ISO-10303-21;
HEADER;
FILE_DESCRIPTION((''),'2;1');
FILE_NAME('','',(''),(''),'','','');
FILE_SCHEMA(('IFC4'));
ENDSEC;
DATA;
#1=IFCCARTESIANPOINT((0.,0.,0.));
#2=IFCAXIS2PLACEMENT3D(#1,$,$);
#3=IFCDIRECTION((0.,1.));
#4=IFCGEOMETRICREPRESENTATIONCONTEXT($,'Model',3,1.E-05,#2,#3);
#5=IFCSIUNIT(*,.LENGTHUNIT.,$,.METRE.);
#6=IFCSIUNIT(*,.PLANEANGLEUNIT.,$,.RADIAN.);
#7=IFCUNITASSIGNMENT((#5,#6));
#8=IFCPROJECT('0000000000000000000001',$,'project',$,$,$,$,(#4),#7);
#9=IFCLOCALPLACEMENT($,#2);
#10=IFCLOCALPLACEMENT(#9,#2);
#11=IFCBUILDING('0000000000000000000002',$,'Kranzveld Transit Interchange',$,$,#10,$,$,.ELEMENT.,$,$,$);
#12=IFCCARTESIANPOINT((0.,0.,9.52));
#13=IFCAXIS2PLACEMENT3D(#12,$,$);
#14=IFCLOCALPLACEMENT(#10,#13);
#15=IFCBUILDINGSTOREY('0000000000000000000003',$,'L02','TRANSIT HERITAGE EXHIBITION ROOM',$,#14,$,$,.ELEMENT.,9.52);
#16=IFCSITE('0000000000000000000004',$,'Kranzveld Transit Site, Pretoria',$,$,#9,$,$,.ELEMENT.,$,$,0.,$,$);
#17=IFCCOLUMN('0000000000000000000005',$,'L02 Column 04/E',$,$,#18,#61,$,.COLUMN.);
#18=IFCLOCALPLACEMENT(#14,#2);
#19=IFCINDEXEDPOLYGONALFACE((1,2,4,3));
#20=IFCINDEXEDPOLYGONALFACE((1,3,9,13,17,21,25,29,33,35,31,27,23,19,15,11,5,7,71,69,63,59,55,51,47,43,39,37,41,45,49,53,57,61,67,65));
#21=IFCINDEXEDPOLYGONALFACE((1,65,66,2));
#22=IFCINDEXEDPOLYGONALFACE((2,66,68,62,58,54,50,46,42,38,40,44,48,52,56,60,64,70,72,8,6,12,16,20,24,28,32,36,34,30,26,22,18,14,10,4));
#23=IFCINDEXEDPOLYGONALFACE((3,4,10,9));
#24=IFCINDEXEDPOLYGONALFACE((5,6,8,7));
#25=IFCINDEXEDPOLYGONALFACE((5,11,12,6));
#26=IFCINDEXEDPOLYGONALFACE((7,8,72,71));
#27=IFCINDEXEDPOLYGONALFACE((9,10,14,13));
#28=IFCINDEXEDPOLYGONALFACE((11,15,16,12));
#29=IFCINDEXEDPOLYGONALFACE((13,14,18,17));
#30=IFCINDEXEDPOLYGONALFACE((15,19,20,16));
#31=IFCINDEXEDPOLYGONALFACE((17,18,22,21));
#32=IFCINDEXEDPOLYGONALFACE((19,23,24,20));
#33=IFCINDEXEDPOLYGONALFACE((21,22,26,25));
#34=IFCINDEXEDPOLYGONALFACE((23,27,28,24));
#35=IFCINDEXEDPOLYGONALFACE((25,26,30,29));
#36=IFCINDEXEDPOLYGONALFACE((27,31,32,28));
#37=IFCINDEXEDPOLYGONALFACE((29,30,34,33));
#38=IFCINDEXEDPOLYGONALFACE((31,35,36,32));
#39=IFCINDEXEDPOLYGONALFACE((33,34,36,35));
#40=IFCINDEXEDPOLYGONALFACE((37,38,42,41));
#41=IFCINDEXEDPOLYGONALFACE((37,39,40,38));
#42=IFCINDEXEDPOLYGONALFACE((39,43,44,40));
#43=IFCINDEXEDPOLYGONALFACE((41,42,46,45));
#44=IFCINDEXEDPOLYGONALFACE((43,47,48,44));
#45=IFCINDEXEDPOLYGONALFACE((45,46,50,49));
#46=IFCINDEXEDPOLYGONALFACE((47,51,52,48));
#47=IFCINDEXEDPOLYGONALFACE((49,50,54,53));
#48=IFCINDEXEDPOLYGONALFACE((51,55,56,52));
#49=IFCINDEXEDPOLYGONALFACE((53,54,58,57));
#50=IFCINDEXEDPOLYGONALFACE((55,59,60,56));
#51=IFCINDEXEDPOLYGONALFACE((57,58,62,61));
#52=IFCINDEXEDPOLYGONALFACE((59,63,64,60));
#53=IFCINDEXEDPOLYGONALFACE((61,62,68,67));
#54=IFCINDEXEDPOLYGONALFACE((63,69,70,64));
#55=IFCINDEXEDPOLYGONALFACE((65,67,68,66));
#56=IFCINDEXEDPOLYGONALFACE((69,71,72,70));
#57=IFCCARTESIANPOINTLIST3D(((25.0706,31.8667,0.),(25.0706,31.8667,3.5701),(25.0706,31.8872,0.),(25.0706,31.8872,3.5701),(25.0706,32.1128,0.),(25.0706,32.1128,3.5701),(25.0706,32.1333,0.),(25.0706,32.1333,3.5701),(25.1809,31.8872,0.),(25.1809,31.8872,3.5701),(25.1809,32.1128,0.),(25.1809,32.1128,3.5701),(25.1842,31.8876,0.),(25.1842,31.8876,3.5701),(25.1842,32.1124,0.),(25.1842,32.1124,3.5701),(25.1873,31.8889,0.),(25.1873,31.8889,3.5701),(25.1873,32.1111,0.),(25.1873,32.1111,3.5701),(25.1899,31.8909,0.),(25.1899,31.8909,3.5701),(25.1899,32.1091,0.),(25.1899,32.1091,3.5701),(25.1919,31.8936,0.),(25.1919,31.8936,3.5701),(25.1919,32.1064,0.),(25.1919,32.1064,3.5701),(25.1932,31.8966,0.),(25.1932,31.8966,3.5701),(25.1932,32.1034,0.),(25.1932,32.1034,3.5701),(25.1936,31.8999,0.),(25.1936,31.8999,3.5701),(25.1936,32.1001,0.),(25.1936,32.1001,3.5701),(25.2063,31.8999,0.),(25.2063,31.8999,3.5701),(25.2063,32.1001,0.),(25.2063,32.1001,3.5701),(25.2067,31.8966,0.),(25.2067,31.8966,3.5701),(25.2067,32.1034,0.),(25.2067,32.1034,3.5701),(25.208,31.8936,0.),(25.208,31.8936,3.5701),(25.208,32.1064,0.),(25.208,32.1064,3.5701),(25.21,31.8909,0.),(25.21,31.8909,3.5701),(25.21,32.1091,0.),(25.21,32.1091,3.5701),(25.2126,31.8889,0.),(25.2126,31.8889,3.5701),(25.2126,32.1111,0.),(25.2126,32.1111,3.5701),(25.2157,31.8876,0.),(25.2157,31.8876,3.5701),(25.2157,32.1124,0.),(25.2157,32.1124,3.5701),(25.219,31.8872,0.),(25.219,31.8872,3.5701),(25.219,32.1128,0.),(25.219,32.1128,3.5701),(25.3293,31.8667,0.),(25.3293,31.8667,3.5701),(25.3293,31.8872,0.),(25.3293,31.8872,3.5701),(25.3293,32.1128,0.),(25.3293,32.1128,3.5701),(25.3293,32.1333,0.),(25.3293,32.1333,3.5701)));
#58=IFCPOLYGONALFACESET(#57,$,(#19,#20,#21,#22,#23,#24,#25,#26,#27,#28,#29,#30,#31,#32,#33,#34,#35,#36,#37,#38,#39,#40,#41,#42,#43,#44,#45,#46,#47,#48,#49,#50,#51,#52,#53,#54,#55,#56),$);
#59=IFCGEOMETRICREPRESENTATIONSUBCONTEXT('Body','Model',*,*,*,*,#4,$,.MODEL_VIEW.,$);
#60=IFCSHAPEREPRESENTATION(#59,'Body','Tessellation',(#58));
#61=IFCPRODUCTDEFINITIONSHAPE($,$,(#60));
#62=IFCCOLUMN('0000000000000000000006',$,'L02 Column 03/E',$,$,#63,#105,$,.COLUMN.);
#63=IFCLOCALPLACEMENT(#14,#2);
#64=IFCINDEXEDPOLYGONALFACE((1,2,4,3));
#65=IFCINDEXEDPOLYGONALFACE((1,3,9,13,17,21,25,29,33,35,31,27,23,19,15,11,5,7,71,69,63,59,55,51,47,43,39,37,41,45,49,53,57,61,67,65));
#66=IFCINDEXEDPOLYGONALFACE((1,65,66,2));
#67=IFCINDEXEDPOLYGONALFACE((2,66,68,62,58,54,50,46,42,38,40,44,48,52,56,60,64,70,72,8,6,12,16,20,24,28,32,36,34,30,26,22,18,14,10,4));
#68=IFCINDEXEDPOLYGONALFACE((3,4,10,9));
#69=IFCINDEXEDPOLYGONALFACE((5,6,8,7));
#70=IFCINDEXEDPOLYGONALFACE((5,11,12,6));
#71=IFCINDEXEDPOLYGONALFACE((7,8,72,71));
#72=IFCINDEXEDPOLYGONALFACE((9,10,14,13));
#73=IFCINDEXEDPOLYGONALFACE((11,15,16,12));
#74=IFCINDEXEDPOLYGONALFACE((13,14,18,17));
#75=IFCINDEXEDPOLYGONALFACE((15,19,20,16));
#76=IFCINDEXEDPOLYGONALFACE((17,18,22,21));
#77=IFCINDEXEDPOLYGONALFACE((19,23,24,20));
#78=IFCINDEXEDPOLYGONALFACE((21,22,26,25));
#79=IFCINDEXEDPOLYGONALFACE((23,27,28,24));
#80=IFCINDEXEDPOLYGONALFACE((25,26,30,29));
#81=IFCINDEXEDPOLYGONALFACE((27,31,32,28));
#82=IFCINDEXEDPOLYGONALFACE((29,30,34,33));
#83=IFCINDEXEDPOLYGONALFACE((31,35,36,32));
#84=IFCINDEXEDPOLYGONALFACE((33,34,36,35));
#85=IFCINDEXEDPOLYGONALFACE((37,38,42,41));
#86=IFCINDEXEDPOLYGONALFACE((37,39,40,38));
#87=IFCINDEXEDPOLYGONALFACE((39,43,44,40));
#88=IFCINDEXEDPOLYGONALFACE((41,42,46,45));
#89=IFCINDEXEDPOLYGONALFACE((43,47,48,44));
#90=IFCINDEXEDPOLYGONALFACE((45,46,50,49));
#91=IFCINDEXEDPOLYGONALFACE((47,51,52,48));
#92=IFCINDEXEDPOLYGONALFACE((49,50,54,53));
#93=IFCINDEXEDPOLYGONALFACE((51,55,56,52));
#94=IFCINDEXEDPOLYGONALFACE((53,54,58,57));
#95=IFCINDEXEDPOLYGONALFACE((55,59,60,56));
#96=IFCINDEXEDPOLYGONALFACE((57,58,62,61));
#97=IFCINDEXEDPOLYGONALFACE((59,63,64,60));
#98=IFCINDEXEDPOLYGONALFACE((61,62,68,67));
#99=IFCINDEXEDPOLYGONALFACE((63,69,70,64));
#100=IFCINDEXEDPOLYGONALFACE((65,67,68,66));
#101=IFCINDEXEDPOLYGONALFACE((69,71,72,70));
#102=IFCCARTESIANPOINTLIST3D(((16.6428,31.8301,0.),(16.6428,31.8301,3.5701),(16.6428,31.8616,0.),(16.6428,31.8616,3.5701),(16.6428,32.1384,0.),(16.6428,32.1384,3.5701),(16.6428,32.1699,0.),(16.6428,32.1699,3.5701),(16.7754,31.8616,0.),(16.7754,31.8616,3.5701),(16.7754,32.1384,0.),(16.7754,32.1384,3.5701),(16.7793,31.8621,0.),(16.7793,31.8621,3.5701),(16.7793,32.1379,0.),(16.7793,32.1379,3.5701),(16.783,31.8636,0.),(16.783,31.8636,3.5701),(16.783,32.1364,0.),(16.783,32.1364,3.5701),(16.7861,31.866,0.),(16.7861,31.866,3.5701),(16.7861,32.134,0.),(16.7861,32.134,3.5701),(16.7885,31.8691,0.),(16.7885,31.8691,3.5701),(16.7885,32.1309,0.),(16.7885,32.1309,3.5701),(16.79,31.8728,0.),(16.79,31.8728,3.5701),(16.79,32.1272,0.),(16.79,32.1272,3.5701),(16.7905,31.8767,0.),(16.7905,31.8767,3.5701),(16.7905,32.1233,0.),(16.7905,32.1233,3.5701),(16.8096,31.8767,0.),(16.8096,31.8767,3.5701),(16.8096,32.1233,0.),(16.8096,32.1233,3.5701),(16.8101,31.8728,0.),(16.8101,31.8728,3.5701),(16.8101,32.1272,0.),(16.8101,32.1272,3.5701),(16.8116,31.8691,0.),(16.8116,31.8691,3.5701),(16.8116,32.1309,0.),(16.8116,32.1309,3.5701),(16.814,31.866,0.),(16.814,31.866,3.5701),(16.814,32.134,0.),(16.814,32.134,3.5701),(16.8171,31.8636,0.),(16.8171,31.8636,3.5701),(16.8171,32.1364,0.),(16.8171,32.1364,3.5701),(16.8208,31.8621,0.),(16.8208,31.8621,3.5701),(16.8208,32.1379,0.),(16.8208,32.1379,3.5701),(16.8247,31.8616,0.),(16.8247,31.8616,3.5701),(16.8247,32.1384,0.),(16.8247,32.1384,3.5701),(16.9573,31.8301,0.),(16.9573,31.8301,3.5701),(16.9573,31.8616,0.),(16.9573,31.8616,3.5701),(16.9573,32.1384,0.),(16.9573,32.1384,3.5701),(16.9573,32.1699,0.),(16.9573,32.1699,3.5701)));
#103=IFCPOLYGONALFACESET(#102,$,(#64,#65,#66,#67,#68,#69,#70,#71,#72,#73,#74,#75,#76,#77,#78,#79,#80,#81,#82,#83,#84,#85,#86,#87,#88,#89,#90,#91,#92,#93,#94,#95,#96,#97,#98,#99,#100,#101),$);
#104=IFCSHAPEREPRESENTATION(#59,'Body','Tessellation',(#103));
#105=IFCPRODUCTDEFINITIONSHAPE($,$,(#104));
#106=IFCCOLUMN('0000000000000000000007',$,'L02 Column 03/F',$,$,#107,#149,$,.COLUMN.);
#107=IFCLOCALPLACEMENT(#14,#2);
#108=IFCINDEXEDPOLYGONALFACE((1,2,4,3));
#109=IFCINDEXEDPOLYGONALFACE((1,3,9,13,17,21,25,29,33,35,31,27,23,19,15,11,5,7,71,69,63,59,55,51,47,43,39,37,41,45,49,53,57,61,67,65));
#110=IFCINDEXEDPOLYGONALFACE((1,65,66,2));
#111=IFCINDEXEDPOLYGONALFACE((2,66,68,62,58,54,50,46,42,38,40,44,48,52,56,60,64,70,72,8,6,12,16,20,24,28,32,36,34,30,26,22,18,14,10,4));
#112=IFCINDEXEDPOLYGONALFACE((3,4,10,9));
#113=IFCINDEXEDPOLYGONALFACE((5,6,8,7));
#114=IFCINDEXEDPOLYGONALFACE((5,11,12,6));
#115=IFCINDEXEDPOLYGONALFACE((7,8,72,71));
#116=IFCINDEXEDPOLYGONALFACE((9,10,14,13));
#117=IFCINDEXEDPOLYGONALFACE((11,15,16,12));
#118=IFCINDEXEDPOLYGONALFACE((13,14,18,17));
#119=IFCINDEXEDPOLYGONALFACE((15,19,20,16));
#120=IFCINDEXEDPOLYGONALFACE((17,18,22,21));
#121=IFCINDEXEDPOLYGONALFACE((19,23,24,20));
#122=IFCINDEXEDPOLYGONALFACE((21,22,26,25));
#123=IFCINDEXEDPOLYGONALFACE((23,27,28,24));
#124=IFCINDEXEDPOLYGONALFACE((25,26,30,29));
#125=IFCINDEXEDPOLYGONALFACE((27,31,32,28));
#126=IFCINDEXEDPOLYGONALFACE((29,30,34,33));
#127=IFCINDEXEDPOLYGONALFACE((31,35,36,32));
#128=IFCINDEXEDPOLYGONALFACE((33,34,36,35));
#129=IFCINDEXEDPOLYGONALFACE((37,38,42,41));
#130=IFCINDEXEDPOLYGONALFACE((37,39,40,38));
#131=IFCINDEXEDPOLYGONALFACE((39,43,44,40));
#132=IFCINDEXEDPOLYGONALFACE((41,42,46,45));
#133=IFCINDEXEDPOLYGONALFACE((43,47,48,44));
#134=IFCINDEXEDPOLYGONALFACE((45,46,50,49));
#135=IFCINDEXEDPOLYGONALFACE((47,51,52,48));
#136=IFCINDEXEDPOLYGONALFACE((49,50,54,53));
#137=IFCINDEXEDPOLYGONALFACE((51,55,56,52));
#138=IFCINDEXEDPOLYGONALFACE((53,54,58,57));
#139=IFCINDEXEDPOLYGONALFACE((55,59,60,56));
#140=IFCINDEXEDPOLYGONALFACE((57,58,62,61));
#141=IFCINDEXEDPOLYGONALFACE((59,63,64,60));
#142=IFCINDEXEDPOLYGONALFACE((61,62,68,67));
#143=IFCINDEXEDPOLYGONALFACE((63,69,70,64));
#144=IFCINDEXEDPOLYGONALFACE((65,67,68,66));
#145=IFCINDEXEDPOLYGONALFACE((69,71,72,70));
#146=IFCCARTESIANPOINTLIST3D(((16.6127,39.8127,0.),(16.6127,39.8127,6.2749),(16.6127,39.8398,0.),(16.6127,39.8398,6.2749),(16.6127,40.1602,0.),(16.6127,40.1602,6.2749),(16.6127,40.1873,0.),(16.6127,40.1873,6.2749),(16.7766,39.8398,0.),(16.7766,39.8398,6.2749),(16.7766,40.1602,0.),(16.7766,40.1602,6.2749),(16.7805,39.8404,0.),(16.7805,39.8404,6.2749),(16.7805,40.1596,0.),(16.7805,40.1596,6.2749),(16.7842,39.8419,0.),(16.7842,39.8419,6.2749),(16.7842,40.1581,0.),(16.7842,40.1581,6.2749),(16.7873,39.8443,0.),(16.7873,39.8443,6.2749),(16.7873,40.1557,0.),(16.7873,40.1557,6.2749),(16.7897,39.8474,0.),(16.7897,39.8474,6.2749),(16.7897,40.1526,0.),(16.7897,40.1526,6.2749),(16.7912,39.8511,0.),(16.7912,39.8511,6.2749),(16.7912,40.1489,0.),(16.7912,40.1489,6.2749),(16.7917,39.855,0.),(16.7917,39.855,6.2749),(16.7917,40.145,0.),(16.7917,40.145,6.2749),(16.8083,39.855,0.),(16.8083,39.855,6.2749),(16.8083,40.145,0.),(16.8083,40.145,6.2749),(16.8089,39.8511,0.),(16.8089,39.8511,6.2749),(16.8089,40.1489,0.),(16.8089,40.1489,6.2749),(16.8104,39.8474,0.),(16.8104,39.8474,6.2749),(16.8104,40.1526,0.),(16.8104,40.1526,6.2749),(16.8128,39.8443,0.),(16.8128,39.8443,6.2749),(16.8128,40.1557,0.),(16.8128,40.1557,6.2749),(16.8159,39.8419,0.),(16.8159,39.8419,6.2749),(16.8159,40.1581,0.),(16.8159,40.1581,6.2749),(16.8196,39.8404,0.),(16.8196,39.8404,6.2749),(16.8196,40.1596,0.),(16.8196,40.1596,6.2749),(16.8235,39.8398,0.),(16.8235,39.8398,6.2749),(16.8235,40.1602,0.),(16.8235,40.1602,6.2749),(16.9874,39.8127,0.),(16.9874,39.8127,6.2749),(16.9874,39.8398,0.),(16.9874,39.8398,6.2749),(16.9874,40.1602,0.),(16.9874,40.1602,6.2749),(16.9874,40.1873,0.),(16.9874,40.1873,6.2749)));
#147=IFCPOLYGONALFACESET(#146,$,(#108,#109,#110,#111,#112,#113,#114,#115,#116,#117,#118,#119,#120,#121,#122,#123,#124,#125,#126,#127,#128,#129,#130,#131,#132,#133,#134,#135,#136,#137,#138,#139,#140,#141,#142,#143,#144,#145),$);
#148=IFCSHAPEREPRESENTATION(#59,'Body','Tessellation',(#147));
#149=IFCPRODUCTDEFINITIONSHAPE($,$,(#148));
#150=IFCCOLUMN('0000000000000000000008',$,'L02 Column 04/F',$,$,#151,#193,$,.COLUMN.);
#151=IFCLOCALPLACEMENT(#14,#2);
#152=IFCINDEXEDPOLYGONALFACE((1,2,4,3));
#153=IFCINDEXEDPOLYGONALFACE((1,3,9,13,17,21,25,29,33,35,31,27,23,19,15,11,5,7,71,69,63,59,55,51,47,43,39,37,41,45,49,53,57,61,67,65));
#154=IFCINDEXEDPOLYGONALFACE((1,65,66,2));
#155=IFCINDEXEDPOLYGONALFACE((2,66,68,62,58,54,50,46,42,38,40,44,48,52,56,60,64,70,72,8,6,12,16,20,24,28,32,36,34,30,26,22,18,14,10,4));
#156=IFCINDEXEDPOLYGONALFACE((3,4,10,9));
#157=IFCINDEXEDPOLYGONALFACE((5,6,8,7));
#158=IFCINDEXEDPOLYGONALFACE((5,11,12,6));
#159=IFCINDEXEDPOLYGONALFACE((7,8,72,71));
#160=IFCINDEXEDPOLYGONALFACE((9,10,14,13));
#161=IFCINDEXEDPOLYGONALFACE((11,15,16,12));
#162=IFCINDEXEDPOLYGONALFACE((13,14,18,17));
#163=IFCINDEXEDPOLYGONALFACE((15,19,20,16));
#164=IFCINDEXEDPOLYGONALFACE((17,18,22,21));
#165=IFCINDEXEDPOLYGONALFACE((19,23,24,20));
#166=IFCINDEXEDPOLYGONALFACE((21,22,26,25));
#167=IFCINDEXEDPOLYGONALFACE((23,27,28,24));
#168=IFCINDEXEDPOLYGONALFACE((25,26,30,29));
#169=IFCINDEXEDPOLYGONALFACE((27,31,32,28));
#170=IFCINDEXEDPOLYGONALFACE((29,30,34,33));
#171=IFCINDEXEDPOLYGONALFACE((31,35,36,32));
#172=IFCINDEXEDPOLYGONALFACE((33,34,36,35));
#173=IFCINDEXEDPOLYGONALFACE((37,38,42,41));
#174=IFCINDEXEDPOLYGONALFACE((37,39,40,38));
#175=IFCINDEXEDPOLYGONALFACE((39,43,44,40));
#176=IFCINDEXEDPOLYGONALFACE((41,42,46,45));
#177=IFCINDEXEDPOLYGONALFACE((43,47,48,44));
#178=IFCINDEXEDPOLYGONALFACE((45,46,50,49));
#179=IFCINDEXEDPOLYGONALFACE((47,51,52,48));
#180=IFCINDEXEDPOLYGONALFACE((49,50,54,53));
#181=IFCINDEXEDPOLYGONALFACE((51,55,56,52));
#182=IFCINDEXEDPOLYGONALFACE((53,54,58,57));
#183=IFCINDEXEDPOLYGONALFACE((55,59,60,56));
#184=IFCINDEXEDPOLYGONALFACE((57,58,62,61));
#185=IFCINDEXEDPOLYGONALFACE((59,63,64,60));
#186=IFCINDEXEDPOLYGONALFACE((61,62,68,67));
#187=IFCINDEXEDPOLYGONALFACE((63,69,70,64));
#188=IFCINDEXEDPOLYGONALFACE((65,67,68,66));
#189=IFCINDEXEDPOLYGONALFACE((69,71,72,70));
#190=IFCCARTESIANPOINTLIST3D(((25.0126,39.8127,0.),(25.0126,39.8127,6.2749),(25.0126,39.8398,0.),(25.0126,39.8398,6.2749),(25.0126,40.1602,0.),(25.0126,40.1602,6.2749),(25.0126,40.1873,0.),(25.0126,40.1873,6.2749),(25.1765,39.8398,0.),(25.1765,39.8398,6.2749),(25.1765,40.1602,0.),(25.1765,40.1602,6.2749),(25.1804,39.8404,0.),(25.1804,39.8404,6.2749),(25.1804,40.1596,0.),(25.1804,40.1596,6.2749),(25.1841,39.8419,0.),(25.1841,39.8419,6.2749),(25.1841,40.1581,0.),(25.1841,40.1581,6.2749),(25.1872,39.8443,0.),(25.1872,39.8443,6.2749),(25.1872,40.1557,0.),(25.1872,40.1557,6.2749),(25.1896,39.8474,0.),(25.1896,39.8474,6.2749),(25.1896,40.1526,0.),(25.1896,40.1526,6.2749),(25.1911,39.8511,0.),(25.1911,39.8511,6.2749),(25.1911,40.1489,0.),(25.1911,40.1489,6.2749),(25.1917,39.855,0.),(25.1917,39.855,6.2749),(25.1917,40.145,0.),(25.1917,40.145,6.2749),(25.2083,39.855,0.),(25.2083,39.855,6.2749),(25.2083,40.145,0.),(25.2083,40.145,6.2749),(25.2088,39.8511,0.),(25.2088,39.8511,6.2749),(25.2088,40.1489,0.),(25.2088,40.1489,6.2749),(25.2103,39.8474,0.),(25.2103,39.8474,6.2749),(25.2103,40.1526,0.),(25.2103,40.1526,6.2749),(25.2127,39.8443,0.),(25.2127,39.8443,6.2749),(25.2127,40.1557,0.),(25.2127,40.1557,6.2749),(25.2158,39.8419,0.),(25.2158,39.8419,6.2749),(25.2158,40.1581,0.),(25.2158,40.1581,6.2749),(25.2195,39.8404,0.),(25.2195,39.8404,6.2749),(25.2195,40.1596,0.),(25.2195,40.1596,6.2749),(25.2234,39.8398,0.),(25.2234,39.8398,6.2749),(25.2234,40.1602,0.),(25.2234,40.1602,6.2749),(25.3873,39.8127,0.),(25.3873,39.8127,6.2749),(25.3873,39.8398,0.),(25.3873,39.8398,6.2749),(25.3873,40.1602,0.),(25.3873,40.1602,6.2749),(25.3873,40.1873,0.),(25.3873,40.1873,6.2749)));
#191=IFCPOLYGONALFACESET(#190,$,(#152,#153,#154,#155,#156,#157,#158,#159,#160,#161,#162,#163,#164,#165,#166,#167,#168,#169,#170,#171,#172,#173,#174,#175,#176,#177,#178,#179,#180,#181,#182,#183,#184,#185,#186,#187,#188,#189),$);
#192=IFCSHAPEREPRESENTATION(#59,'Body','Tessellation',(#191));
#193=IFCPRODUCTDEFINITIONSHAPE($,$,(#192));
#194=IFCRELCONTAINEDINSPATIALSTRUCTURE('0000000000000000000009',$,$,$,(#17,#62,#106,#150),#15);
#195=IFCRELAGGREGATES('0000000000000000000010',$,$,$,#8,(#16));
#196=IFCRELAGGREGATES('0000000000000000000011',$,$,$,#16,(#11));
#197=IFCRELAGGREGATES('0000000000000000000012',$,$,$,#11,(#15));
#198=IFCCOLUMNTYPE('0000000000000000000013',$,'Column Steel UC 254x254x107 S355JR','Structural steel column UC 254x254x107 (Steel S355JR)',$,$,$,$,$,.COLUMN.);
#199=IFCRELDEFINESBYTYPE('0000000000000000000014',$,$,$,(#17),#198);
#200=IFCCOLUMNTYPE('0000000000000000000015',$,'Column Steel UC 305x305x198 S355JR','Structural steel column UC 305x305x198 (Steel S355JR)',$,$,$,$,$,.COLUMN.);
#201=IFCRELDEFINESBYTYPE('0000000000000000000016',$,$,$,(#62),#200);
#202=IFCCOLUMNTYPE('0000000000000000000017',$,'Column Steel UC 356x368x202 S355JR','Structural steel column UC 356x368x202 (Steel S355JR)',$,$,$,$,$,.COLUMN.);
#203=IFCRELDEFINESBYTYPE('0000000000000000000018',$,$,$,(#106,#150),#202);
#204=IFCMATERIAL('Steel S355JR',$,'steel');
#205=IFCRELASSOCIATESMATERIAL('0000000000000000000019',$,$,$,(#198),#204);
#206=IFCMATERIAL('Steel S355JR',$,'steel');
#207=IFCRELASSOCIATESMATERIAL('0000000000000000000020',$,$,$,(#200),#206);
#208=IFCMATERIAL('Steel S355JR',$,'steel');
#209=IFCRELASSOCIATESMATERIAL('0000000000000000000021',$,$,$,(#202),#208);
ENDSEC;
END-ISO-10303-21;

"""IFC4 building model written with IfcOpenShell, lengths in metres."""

from ifc_helpers import new_model, si_unit, direction, frame, origin, origin_2d, place, context, subcontext, project, spatial, i_section, extrude, material, material_profile, profile_set, type_object, element, save


model = new_model("IFC4")

# Units and contexts
model_context = context("Model", 3, precision=1e-05, world=origin(), true_north=direction((0.0, 1.0)))
body_context = subcontext(model_context, "Body", "Model", "MODEL_VIEW")
ifc_project = project(units=[si_unit("LENGTHUNIT", "METRE"), si_unit("PLANEANGLEUNIT", "RADIAN")], contexts=[model_context])

# Site, building, storey
site_placement = place(None, origin())
site = spatial("IfcSite", under=ifc_project, at=site_placement, Name="Kranzveld Transit Site, Pretoria", CompositionType="ELEMENT", RefElevation=0.0)
building_placement = place(site_placement, origin())
building = spatial("IfcBuilding", under=site, at=building_placement, Name="Kranzveld Transit Interchange", CompositionType="ELEMENT")
storey_placement = place(building_placement, frame((0.0, 0.0, 9.52)))
storey = spatial("IfcBuildingStorey", under=building, at=storey_placement, Name="L02", Description="TRANSIT HERITAGE EXHIBITION ROOM", CompositionType="ELEMENT", Elevation=9.52)

# Columns
ifc_material_1 = material(Name="Steel S355JR", Category="steel")
ifc_material_profile_1 = material_profile(ifc_material_1, i_section(OverallWidth=0.2588, OverallDepth=0.2666, WebThickness=0.0127, FlangeThickness=0.0205, FilletRadius=0.0127, at=origin_2d()), Name="UC 254x254x107")
ifc_profile_set_1 = profile_set([ifc_material_profile_1], Name="Steel S355JR")
column_type_1 = type_object("IfcColumnType", Name="Column Steel UC 254x254x107 S355JR", Description="Structural steel column UC 254x254x107 (Steel S355JR)", PredefinedType="COLUMN", material=ifc_profile_set_1)
column_1_placement = place(storey_placement, frame((25.2, 32.0, 0.0), z_axis=(0.0, 0.0, 1.0), x_axis=(1.0, 0.0, 0.0)))
element("IfcColumn", 1, at=column_1_placement, inside=storey, type_object=column_type_1, Name="L02 Column 04/E", PredefinedType="COLUMN", context=body_context, shape_type="SweptSolid", body=[
    extrude(i_section(OverallWidth=0.2588, OverallDepth=0.2666, WebThickness=0.0127, FlangeThickness=0.0205, FilletRadius=0.0127, at=origin_2d()), origin(), (0.0, 0.0, 1.0), 3.5701),
])
ifc_material_2 = material(Name="Steel S355JR", Category="steel")
ifc_material_profile_2 = material_profile(ifc_material_2, i_section(OverallWidth=0.3145, OverallDepth=0.3398, WebThickness=0.019, FlangeThickness=0.0315, FilletRadius=0.0151, at=origin_2d()), Name="UC 305x305x198")
ifc_profile_set_2 = profile_set([ifc_material_profile_2], Name="Steel S355JR")
column_type_2 = type_object("IfcColumnType", Name="Column Steel UC 305x305x198 S355JR", Description="Structural steel column UC 305x305x198 (Steel S355JR)", PredefinedType="COLUMN", material=ifc_profile_set_2)
column_2_placement = place(storey_placement, frame((16.8, 32.0, 0.0), z_axis=(0.0, 0.0, 1.0), x_axis=(1.0, 0.0, 0.0)))
element("IfcColumn", 2, at=column_2_placement, inside=storey, type_object=column_type_2, Name="L02 Column 03/E", PredefinedType="COLUMN", context=body_context, shape_type="SweptSolid", body=[
    extrude(i_section(OverallWidth=0.3145, OverallDepth=0.3398, WebThickness=0.019, FlangeThickness=0.0315, FilletRadius=0.0151, at=origin_2d()), origin(), (0.0, 0.0, 1.0), 3.5701),
])
ifc_material_3 = material(Name="Steel S355JR", Category="steel")
ifc_material_profile_3 = material_profile(ifc_material_3, i_section(OverallWidth=0.3748, OverallDepth=0.3745, WebThickness=0.0166, FlangeThickness=0.0271, FilletRadius=0.0151, at=origin_2d()), Name="UC 356x368x202")
ifc_profile_set_3 = profile_set([ifc_material_profile_3], Name="Steel S355JR")
column_type_3 = type_object("IfcColumnType", Name="Column Steel UC 356x368x202 S355JR", Description="Structural steel column UC 356x368x202 (Steel S355JR)", PredefinedType="COLUMN", material=ifc_profile_set_3)
for number, where, z_axis, x_axis, name in (
    (3, (16.8, 40.0, 0.0), (0.0, 0.0, 1.0), (1.0, 0.0, 0.0), "L02 Column 03/F"),
    (4, (25.2, 40.0, 0.0), (0.0, 0.0, 1.0), (1.0, 0.0, 0.0), "L02 Column 04/F"),
):
    element("IfcColumn", number, at=place(storey_placement, frame(where, z_axis=z_axis, x_axis=x_axis)), inside=storey, type_object=column_type_3, Name=name, PredefinedType="COLUMN", context=body_context, shape_type="SweptSolid", body=[
        extrude(i_section(OverallWidth=0.3748, OverallDepth=0.3745, WebThickness=0.0166, FlangeThickness=0.0271, FilletRadius=0.0151, at=origin_2d()), origin(), (0.0, 0.0, 1.0), 6.2749),
    ])

save(model, "model.ifc")
